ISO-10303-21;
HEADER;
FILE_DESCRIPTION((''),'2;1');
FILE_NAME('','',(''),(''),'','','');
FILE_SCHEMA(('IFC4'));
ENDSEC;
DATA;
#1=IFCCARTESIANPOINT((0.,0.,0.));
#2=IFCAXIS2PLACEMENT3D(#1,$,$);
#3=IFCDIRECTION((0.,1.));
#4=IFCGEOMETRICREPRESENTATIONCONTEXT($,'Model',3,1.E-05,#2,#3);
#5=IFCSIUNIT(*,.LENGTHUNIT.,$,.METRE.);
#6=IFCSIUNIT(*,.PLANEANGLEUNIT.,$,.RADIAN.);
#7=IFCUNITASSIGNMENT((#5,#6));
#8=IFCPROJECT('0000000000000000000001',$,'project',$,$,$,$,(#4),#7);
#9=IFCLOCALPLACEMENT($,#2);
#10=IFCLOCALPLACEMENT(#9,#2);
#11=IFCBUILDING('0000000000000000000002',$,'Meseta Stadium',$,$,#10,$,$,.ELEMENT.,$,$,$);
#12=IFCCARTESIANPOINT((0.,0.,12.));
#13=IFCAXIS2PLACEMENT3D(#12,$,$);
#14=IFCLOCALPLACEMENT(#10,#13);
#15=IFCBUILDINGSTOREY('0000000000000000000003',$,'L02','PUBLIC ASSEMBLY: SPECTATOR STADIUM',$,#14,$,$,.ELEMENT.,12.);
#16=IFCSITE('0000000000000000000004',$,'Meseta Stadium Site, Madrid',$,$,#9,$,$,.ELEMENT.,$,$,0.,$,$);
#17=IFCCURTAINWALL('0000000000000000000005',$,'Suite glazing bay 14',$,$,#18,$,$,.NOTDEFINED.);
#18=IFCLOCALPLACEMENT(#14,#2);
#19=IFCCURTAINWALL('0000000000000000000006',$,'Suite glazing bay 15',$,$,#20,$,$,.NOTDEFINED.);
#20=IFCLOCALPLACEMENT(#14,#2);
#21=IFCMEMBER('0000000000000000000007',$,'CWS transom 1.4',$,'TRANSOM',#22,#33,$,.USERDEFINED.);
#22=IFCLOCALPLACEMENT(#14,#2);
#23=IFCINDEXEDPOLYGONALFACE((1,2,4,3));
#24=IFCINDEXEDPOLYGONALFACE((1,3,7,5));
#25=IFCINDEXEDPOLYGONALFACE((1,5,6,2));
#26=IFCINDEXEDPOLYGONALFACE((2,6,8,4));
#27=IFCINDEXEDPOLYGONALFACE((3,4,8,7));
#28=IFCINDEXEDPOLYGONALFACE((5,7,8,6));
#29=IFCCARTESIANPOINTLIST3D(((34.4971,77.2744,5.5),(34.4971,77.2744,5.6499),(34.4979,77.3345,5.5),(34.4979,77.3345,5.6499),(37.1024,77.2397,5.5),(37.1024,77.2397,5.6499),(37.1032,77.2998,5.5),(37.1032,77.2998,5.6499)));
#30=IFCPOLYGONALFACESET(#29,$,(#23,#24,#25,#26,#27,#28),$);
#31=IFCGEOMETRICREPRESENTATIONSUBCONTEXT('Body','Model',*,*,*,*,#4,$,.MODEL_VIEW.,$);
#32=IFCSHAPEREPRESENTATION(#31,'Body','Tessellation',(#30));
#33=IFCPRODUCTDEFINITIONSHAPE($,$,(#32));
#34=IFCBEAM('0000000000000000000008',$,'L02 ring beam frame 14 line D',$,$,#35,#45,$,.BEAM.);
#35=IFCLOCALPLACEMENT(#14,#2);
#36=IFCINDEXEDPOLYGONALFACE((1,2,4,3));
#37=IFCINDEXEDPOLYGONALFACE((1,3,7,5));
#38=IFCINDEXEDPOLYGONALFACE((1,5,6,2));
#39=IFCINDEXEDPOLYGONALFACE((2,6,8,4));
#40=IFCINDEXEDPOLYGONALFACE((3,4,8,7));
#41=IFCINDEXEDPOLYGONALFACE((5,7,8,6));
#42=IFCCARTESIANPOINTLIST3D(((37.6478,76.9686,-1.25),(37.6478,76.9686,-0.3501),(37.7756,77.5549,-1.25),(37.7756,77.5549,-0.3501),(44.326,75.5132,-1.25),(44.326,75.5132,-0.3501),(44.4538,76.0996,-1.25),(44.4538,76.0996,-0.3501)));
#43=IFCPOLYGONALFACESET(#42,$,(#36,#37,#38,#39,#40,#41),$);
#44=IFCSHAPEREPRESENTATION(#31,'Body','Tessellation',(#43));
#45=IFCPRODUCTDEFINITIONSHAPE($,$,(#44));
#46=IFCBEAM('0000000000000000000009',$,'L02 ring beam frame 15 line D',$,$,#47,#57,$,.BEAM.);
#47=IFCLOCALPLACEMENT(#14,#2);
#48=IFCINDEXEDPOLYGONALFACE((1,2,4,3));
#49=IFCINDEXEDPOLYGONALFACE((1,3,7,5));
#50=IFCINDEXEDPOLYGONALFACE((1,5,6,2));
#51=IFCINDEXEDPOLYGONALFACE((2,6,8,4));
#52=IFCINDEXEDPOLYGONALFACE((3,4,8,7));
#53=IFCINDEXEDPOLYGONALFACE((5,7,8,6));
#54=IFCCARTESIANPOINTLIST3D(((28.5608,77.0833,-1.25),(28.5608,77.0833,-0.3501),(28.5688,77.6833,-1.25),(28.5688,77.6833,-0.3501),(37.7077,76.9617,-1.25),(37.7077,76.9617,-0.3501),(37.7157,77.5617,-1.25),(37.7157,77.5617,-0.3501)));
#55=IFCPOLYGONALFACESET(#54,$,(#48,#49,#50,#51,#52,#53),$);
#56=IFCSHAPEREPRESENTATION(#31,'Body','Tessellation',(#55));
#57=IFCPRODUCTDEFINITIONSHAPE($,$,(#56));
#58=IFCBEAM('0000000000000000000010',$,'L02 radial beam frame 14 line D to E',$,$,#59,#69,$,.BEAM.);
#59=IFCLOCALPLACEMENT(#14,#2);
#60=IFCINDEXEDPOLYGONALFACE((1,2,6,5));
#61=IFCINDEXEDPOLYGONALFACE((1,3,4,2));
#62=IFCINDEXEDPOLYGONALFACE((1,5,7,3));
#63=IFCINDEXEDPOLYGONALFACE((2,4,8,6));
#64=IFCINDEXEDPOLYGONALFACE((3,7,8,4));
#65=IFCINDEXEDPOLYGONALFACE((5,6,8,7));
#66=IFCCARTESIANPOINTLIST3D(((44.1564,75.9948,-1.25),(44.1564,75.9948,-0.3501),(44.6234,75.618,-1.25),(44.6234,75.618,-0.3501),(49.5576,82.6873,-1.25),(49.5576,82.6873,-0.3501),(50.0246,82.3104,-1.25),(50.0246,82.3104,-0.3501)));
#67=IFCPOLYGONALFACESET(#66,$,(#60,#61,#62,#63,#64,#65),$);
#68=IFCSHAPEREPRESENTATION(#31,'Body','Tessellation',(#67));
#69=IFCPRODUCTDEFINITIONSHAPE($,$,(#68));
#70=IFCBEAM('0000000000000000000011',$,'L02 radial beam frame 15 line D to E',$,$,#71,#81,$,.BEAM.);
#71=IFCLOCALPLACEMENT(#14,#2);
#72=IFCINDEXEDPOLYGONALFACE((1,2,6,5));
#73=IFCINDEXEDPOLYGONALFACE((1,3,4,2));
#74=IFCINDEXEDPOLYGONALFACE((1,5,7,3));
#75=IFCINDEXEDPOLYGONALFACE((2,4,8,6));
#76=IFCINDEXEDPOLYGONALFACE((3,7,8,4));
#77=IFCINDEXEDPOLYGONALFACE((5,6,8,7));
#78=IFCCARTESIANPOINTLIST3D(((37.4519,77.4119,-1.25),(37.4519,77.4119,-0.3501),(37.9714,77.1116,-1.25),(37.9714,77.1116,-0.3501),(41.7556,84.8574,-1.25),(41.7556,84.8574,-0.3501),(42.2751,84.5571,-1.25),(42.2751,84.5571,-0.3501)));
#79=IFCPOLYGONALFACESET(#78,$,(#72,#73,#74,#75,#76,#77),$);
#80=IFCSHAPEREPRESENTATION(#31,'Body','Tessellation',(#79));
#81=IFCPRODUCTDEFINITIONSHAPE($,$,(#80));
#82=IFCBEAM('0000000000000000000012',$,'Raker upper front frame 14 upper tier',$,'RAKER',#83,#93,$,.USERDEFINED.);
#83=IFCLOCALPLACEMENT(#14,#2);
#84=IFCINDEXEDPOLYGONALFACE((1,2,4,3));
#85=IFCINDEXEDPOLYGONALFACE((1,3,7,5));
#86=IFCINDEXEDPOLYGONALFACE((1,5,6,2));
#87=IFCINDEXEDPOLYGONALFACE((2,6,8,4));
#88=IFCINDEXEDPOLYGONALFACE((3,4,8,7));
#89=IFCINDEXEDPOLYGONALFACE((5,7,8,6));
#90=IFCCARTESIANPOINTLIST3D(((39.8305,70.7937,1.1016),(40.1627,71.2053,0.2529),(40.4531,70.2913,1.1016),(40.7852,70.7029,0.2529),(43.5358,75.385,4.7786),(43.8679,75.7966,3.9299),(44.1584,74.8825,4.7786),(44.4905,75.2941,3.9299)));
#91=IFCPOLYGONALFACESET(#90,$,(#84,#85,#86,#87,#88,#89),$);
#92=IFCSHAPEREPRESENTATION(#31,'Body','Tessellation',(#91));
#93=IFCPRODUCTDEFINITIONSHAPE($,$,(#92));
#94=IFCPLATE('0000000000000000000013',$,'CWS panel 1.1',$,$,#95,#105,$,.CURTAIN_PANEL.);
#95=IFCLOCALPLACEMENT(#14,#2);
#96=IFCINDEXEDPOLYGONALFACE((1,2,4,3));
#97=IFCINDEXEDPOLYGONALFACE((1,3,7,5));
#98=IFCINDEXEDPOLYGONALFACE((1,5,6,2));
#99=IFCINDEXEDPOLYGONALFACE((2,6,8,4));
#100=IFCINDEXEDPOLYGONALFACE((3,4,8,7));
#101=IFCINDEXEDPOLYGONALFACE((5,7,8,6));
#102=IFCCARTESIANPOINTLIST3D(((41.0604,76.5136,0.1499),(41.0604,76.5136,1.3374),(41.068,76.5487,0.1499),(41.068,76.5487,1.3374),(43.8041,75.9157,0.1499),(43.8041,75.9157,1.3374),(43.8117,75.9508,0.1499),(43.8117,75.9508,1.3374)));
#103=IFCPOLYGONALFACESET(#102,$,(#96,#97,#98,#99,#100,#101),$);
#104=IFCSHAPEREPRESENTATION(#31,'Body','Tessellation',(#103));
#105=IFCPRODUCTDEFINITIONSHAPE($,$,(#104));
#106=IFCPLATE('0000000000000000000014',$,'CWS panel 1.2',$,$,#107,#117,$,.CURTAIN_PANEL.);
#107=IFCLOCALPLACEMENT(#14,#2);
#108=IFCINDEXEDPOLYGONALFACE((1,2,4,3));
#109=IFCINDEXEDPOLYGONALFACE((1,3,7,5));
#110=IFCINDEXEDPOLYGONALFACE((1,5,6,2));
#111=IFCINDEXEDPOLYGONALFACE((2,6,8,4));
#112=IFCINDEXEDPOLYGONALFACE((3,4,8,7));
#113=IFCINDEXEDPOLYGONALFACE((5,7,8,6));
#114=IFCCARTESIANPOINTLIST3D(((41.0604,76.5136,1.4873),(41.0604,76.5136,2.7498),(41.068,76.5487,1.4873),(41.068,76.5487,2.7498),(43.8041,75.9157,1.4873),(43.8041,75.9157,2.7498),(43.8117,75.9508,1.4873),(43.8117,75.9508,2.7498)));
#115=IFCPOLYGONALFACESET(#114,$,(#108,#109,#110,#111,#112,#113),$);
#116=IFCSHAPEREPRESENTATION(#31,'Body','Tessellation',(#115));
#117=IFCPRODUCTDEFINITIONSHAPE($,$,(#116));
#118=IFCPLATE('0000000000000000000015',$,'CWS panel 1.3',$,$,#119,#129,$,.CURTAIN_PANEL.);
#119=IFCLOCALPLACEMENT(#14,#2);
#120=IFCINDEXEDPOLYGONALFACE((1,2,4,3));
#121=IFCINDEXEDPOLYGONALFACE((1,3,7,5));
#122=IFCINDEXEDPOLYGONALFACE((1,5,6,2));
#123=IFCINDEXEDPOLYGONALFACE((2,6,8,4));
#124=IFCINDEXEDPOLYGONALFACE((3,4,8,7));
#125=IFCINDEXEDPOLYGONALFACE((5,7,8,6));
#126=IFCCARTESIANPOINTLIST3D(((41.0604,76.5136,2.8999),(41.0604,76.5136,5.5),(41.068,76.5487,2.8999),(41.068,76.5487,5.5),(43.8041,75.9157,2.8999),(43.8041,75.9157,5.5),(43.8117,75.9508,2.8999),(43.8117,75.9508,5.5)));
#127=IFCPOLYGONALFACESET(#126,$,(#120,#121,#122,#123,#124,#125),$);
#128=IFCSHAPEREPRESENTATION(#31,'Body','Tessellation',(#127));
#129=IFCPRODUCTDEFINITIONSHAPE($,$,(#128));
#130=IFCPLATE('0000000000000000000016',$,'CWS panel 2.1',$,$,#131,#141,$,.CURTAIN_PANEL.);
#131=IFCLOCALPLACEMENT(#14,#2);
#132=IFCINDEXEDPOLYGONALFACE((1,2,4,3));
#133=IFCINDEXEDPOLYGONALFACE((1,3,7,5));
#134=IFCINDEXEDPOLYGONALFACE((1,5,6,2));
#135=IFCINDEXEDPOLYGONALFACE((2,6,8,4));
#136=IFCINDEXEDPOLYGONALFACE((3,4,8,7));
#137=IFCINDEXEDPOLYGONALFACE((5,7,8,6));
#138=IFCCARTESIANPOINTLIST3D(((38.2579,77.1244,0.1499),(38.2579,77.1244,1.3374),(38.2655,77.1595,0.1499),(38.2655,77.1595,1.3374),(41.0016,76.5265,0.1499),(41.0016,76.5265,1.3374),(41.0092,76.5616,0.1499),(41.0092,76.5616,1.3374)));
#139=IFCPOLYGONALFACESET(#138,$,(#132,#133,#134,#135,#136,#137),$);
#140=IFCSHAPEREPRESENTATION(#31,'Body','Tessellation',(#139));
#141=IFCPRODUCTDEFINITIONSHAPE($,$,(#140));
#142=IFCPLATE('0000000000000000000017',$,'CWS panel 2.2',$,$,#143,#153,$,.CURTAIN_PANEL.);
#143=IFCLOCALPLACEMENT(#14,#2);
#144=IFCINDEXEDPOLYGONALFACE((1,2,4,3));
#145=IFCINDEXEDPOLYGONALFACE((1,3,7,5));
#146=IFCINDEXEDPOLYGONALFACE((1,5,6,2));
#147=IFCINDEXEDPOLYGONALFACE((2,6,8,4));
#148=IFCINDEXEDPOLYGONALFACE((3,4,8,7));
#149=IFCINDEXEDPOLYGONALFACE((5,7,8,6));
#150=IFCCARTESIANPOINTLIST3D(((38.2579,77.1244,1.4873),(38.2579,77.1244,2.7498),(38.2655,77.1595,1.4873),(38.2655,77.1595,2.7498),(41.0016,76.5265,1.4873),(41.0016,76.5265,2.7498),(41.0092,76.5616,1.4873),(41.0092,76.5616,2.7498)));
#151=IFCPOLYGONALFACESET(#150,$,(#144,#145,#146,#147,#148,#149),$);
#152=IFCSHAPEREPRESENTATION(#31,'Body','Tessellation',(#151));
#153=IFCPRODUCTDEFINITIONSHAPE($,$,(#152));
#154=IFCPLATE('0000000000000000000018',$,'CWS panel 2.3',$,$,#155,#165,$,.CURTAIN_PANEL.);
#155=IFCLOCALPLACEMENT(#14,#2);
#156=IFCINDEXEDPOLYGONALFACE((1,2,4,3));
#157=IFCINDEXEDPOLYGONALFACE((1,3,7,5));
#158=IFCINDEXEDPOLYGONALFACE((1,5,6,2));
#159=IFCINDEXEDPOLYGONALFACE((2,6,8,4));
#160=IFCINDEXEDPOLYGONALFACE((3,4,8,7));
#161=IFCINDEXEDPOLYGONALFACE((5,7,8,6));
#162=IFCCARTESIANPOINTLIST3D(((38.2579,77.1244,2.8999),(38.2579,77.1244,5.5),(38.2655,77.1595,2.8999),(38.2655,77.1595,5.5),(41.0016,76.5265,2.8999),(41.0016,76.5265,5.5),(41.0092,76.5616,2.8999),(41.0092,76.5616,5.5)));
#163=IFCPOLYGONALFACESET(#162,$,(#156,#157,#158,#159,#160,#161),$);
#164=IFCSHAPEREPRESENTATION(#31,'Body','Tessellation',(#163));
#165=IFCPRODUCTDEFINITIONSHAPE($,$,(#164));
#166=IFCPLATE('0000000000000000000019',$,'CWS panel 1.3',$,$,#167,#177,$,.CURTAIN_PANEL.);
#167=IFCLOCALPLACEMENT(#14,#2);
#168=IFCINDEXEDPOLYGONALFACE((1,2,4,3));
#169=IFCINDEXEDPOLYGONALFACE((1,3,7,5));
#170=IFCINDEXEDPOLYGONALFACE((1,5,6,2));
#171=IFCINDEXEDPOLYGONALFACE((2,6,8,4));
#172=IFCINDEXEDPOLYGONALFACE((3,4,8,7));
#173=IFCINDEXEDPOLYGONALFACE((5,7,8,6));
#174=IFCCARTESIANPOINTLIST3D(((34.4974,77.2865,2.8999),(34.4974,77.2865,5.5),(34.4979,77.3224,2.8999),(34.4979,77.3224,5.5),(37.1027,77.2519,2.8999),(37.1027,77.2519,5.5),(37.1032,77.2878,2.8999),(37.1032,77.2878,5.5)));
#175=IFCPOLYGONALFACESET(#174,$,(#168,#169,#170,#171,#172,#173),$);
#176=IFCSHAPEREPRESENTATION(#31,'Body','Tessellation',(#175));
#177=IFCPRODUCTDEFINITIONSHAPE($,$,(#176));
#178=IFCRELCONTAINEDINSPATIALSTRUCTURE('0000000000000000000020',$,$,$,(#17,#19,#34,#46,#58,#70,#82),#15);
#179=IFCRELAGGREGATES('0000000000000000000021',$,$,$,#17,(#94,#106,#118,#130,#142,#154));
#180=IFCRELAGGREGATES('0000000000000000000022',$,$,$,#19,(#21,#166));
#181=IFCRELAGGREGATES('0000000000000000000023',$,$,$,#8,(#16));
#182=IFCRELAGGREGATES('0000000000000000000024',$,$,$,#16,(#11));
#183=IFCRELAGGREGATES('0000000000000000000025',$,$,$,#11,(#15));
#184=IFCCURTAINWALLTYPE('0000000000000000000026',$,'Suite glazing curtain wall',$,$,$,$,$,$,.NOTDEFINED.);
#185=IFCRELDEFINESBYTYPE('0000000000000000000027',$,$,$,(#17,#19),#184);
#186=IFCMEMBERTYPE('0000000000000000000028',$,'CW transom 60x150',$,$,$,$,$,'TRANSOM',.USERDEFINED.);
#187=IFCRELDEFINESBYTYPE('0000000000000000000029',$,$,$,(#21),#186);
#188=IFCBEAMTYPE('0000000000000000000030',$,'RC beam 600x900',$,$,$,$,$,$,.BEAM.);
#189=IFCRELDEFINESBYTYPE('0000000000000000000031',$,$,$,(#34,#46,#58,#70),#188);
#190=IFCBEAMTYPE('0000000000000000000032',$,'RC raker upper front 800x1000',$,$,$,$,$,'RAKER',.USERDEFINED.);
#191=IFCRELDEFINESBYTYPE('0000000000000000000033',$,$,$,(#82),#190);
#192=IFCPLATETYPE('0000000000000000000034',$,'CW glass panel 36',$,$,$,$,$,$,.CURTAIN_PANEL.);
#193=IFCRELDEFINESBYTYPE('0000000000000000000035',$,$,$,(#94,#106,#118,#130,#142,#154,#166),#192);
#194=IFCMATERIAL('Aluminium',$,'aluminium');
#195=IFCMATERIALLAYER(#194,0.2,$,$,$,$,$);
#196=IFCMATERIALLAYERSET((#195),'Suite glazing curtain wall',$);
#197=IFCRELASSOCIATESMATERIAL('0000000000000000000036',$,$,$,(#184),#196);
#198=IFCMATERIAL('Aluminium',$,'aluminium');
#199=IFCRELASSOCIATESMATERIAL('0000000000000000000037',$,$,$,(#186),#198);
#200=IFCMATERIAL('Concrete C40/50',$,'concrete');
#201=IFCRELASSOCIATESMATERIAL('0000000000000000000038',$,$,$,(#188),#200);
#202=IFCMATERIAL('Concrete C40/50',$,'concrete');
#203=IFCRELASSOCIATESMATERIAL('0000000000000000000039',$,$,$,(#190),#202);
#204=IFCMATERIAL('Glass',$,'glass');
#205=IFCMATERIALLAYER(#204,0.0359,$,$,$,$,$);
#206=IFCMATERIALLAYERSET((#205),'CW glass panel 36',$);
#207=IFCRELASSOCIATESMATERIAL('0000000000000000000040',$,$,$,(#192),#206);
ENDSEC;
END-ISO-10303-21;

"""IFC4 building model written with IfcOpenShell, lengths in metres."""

from ifc_helpers import new_model, si_unit, direction, frame, origin, origin_2d, place, context, subcontext, project, spatial, rectangle, extrude, material, layer, layer_set, material_profile, profile_set, type_object, element, aggregate, save


model = new_model("IFC4")

# Units and contexts
model_context = context("Model", 3, precision=1e-05, world=origin(), true_north=direction((0.0, 1.0)))
body_context = subcontext(model_context, "Body", "Model", "MODEL_VIEW")
ifc_project = project(units=[si_unit("LENGTHUNIT", "METRE"), si_unit("PLANEANGLEUNIT", "RADIAN")], contexts=[model_context])

# Site, building, storey
site_placement = place(None, origin())
site = spatial("IfcSite", under=ifc_project, at=site_placement, Name="Meseta Stadium Site, Madrid", CompositionType="ELEMENT", RefElevation=0.0)
building_placement = place(site_placement, origin())
building = spatial("IfcBuilding", under=site, at=building_placement, Name="Meseta Stadium", CompositionType="ELEMENT")
storey_placement = place(building_placement, frame((0.0, 0.0, 12.0)))
storey = spatial("IfcBuildingStorey", under=building, at=storey_placement, Name="L02", Description="PUBLIC ASSEMBLY: SPECTATOR STADIUM", CompositionType="ELEMENT", Elevation=12.0)

# Shared definitions
ifc_material_1 = material(Name="Aluminium", Category="aluminium")
ifc_layer_1 = layer(ifc_material_1, 0.2)
ifc_layer_set_1 = layer_set([ifc_layer_1], Name="Suite glazing curtain wall")
curtain_wall_type = type_object("IfcCurtainWallType", Name="Suite glazing curtain wall", PredefinedType="NOTDEFINED", material=ifc_layer_set_1)

# Curtain wall
curtain_wall_1_placement = place(storey_placement, origin())
curtain_wall_1 = element("IfcCurtainWall", 1, at=curtain_wall_1_placement, inside=storey, type_object=curtain_wall_type, Name="Suite glazing bay 14", PredefinedType="NOTDEFINED")

# Curtain wall
curtain_wall_2_placement = place(storey_placement, origin())
curtain_wall_2 = element("IfcCurtainWall", 2, at=curtain_wall_2_placement, inside=storey, type_object=curtain_wall_type, Name="Suite glazing bay 15", PredefinedType="NOTDEFINED")

# Member
ifc_material_2 = material(Name="Aluminium", Category="aluminium")
ifc_material_profile_1 = material_profile(ifc_material_2, rectangle(XDim=0.0601, YDim=0.1499, at=origin_2d()), Name="CW 60x150")
ifc_profile_set_1 = profile_set([ifc_material_profile_1], Name="Aluminium")
member_type_1 = type_object("IfcMemberType", Name="CW transom 60x150", ElementType="TRANSOM", PredefinedType="USERDEFINED", material=ifc_profile_set_1)
member_1_placement = place(storey_placement, frame((37.1028, 77.2698, 5.575), z_axis=(-0.999911, 0.013306, 0.0), x_axis=(-0.013306, -0.999911, 0.0)))
member_1 = element("IfcMember", 3, at=member_1_placement, type_object=member_type_1, Name="CWS transom 1.4", ObjectType="TRANSOM", PredefinedType="USERDEFINED", context=body_context, shape_type="SweptSolid", body=[
    extrude(rectangle(XDim=0.0601, YDim=0.1499, at=origin_2d()), origin(), (0.0, 0.0, 1.0), 2.6055),
])

# Beams
ifc_material_3 = material(Name="Concrete C40/50", Category="concrete")
ifc_material_profile_2 = material_profile(ifc_material_3, rectangle(XDim=0.6001, YDim=0.8999, at=origin_2d()), Name="RC 600x900")
ifc_profile_set_2 = profile_set([ifc_material_profile_2], Name="Concrete C40/50")
beam_type_1 = type_object("IfcBeamType", Name="RC beam 600x900", PredefinedType="BEAM", material=ifc_profile_set_2)
beam_1_placement = place(storey_placement, frame((44.3899, 75.8064, -0.8), z_axis=(-0.977069, 0.212923, 0.0), x_axis=(-0.212923, -0.977069, 0.0)))
element("IfcBeam", 4, at=beam_1_placement, inside=storey, type_object=beam_type_1, Name="L02 ring beam frame 14 line D", PredefinedType="BEAM", context=body_context, shape_type="SweptSolid", body=[
    extrude(rectangle(XDim=0.6001, YDim=0.8999, at=origin_2d()), origin(), (0.0, 0.0, 1.0), 6.835),
])
beam_2_placement = place(storey_placement, frame((37.7117, 77.2617, -0.8), z_axis=(-0.999912, 0.013291, 0.0), x_axis=(-0.013291, -0.999912, 0.0)))
element("IfcBeam", 5, at=beam_2_placement, inside=storey, type_object=beam_type_1, Name="L02 ring beam frame 15 line D", PredefinedType="BEAM", context=body_context, shape_type="SweptSolid", body=[
    extrude(rectangle(XDim=0.6001, YDim=0.8999, at=origin_2d()), origin(), (0.0, 0.0, 1.0), 9.1477),
])
beam_3_placement = place(storey_placement, frame((44.3899, 75.8064, -0.8), z_axis=(0.628037, 0.778183, 0.0), x_axis=(-0.778183, 0.628037, 0.0)))
element("IfcBeam", 6, at=beam_3_placement, inside=storey, type_object=beam_type_1, Name="L02 radial beam frame 14 line D to E", PredefinedType="BEAM", context=body_context, shape_type="SweptSolid", body=[
    extrude(rectangle(XDim=0.6001, YDim=0.8999, at=origin_2d()), origin(), (0.0, 0.0, 1.0), 8.6001),
])
beam_4_placement = place(storey_placement, frame((37.7117, 77.2617, -0.8), z_axis=(0.500437, 0.865773, 0.0), x_axis=(-0.865773, 0.500437, 0.0)))
element("IfcBeam", 7, at=beam_4_placement, inside=storey, type_object=beam_type_1, Name="L02 radial beam frame 15 line D to E", PredefinedType="BEAM", context=body_context, shape_type="SweptSolid", body=[
    extrude(rectangle(XDim=0.6001, YDim=0.8999, at=origin_2d()), origin(), (0.0, 0.0, 1.0), 8.5999),
])
ifc_material_4 = material(Name="Concrete C40/50", Category="concrete")
ifc_material_profile_3 = material_profile(ifc_material_4, rectangle(XDim=0.8, YDim=1.0, at=origin_2d()), Name="RC 800x1000")
ifc_profile_set_3 = profile_set([ifc_material_profile_3], Name="Concrete C40/50")
beam_type_2 = type_object("IfcBeamType", Name="RC raker upper front 800x1000", ElementType="RAKER", PredefinedType="USERDEFINED", material=ifc_profile_set_3)
beam_5_placement = place(storey_placement, frame((40.3079, 70.7483, 0.6772), z_axis=(0.532989, 0.660433, 0.528915), x_axis=(-0.778193, 0.628025, 0.0)))
element("IfcBeam", 8, at=beam_5_placement, inside=storey, type_object=beam_type_2, Name="Raker upper front frame 14 upper tier", ObjectType="RAKER", PredefinedType="USERDEFINED", context=body_context, shape_type="SweptSolid", body=[
    extrude(rectangle(XDim=0.8, YDim=1.0, at=origin_2d()), origin(), (0.0, 0.0, 1.0), 6.9519),
])

# Plates
ifc_material_5 = material(Name="Glass", Category="glass")
ifc_layer_2 = layer(ifc_material_5, 0.0359)
ifc_layer_set_2 = layer_set([ifc_layer_2], Name="CW glass panel 36")
plate_type = type_object("IfcPlateType", Name="CW glass panel 36", PredefinedType="CURTAIN_PANEL", material=ifc_layer_set_2)
plate_1_placement = place(storey_placement, frame((42.436, 76.2322, 0.1499), z_axis=(0.0, 0.0, 1.0), x_axis=(-0.97707, 0.212917, 0.0)))
plate_1 = element("IfcPlate", 9, at=plate_1_placement, type_object=plate_type, Name="CWS panel 1.1", PredefinedType="CURTAIN_PANEL", context=body_context, shape_type="SweptSolid", body=[
    extrude(rectangle(XDim=2.8081, YDim=0.0359, at=origin_2d()), origin(), (0.0, 0.0, 1.0), 1.1875),
])
plate_2_placement = place(storey_placement, frame((42.436, 76.2322, 1.4873), z_axis=(0.0, 0.0, 1.0), x_axis=(-0.97707, 0.212917, 0.0)))
plate_2 = element("IfcPlate", 10, at=plate_2_placement, type_object=plate_type, Name="CWS panel 1.2", PredefinedType="CURTAIN_PANEL", context=body_context, shape_type="SweptSolid", body=[
    extrude(rectangle(XDim=2.8081, YDim=0.0359, at=origin_2d()), origin(), (0.0, 0.0, 1.0), 1.2625),
])
plate_3_placement = place(storey_placement, frame((42.436, 76.2322, 2.8999), z_axis=(0.0, 0.0, 1.0), x_axis=(-0.97707, 0.212917, 0.0)))
plate_3 = element("IfcPlate", 11, at=plate_3_placement, type_object=plate_type, Name="CWS panel 1.3", PredefinedType="CURTAIN_PANEL", context=body_context, shape_type="SweptSolid", body=[
    extrude(rectangle(XDim=2.8081, YDim=0.0359, at=origin_2d()), origin(), (0.0, 0.0, 1.0), 2.6001),
])
plate_4_placement = place(storey_placement, frame((39.6335, 76.843, 0.1499), z_axis=(0.0, 0.0, 1.0), x_axis=(-0.97707, 0.212917, 0.0)))
plate_4 = element("IfcPlate", 12, at=plate_4_placement, type_object=plate_type, Name="CWS panel 2.1", PredefinedType="CURTAIN_PANEL", context=body_context, shape_type="SweptSolid", body=[
    extrude(rectangle(XDim=2.8081, YDim=0.0359, at=origin_2d()), origin(), (0.0, 0.0, 1.0), 1.1875),
])
plate_5_placement = place(storey_placement, frame((39.6335, 76.843, 1.4873), z_axis=(0.0, 0.0, 1.0), x_axis=(-0.97707, 0.212917, 0.0)))
plate_5 = element("IfcPlate", 13, at=plate_5_placement, type_object=plate_type, Name="CWS panel 2.2", PredefinedType="CURTAIN_PANEL", context=body_context, shape_type="SweptSolid", body=[
    extrude(rectangle(XDim=2.8081, YDim=0.0359, at=origin_2d()), origin(), (0.0, 0.0, 1.0), 1.2625),
])
plate_6_placement = place(storey_placement, frame((39.6335, 76.843, 2.8999), z_axis=(0.0, 0.0, 1.0), x_axis=(-0.97707, 0.212917, 0.0)))
plate_6 = element("IfcPlate", 14, at=plate_6_placement, type_object=plate_type, Name="CWS panel 2.3", PredefinedType="CURTAIN_PANEL", context=body_context, shape_type="SweptSolid", body=[
    extrude(rectangle(XDim=2.8081, YDim=0.0359, at=origin_2d()), origin(), (0.0, 0.0, 1.0), 2.6001),
])
aggregate(curtain_wall_1, [plate_1, plate_2, plate_3, plate_4, plate_5, plate_6])
plate_7_placement = place(storey_placement, frame((35.8003, 77.2871, 2.8999), z_axis=(0.0, 0.0, 1.0), x_axis=(-0.999912, 0.013281, 0.0)))
plate_7 = element("IfcPlate", 15, at=plate_7_placement, type_object=plate_type, Name="CWS panel 1.3", PredefinedType="CURTAIN_PANEL", context=body_context, shape_type="SweptSolid", body=[
    extrude(rectangle(XDim=2.6055, YDim=0.0359, at=origin_2d()), origin(), (0.0, 0.0, 1.0), 2.6001),
])
aggregate(curtain_wall_2, [member_1, plate_7])

save(model, "model.ifc")
